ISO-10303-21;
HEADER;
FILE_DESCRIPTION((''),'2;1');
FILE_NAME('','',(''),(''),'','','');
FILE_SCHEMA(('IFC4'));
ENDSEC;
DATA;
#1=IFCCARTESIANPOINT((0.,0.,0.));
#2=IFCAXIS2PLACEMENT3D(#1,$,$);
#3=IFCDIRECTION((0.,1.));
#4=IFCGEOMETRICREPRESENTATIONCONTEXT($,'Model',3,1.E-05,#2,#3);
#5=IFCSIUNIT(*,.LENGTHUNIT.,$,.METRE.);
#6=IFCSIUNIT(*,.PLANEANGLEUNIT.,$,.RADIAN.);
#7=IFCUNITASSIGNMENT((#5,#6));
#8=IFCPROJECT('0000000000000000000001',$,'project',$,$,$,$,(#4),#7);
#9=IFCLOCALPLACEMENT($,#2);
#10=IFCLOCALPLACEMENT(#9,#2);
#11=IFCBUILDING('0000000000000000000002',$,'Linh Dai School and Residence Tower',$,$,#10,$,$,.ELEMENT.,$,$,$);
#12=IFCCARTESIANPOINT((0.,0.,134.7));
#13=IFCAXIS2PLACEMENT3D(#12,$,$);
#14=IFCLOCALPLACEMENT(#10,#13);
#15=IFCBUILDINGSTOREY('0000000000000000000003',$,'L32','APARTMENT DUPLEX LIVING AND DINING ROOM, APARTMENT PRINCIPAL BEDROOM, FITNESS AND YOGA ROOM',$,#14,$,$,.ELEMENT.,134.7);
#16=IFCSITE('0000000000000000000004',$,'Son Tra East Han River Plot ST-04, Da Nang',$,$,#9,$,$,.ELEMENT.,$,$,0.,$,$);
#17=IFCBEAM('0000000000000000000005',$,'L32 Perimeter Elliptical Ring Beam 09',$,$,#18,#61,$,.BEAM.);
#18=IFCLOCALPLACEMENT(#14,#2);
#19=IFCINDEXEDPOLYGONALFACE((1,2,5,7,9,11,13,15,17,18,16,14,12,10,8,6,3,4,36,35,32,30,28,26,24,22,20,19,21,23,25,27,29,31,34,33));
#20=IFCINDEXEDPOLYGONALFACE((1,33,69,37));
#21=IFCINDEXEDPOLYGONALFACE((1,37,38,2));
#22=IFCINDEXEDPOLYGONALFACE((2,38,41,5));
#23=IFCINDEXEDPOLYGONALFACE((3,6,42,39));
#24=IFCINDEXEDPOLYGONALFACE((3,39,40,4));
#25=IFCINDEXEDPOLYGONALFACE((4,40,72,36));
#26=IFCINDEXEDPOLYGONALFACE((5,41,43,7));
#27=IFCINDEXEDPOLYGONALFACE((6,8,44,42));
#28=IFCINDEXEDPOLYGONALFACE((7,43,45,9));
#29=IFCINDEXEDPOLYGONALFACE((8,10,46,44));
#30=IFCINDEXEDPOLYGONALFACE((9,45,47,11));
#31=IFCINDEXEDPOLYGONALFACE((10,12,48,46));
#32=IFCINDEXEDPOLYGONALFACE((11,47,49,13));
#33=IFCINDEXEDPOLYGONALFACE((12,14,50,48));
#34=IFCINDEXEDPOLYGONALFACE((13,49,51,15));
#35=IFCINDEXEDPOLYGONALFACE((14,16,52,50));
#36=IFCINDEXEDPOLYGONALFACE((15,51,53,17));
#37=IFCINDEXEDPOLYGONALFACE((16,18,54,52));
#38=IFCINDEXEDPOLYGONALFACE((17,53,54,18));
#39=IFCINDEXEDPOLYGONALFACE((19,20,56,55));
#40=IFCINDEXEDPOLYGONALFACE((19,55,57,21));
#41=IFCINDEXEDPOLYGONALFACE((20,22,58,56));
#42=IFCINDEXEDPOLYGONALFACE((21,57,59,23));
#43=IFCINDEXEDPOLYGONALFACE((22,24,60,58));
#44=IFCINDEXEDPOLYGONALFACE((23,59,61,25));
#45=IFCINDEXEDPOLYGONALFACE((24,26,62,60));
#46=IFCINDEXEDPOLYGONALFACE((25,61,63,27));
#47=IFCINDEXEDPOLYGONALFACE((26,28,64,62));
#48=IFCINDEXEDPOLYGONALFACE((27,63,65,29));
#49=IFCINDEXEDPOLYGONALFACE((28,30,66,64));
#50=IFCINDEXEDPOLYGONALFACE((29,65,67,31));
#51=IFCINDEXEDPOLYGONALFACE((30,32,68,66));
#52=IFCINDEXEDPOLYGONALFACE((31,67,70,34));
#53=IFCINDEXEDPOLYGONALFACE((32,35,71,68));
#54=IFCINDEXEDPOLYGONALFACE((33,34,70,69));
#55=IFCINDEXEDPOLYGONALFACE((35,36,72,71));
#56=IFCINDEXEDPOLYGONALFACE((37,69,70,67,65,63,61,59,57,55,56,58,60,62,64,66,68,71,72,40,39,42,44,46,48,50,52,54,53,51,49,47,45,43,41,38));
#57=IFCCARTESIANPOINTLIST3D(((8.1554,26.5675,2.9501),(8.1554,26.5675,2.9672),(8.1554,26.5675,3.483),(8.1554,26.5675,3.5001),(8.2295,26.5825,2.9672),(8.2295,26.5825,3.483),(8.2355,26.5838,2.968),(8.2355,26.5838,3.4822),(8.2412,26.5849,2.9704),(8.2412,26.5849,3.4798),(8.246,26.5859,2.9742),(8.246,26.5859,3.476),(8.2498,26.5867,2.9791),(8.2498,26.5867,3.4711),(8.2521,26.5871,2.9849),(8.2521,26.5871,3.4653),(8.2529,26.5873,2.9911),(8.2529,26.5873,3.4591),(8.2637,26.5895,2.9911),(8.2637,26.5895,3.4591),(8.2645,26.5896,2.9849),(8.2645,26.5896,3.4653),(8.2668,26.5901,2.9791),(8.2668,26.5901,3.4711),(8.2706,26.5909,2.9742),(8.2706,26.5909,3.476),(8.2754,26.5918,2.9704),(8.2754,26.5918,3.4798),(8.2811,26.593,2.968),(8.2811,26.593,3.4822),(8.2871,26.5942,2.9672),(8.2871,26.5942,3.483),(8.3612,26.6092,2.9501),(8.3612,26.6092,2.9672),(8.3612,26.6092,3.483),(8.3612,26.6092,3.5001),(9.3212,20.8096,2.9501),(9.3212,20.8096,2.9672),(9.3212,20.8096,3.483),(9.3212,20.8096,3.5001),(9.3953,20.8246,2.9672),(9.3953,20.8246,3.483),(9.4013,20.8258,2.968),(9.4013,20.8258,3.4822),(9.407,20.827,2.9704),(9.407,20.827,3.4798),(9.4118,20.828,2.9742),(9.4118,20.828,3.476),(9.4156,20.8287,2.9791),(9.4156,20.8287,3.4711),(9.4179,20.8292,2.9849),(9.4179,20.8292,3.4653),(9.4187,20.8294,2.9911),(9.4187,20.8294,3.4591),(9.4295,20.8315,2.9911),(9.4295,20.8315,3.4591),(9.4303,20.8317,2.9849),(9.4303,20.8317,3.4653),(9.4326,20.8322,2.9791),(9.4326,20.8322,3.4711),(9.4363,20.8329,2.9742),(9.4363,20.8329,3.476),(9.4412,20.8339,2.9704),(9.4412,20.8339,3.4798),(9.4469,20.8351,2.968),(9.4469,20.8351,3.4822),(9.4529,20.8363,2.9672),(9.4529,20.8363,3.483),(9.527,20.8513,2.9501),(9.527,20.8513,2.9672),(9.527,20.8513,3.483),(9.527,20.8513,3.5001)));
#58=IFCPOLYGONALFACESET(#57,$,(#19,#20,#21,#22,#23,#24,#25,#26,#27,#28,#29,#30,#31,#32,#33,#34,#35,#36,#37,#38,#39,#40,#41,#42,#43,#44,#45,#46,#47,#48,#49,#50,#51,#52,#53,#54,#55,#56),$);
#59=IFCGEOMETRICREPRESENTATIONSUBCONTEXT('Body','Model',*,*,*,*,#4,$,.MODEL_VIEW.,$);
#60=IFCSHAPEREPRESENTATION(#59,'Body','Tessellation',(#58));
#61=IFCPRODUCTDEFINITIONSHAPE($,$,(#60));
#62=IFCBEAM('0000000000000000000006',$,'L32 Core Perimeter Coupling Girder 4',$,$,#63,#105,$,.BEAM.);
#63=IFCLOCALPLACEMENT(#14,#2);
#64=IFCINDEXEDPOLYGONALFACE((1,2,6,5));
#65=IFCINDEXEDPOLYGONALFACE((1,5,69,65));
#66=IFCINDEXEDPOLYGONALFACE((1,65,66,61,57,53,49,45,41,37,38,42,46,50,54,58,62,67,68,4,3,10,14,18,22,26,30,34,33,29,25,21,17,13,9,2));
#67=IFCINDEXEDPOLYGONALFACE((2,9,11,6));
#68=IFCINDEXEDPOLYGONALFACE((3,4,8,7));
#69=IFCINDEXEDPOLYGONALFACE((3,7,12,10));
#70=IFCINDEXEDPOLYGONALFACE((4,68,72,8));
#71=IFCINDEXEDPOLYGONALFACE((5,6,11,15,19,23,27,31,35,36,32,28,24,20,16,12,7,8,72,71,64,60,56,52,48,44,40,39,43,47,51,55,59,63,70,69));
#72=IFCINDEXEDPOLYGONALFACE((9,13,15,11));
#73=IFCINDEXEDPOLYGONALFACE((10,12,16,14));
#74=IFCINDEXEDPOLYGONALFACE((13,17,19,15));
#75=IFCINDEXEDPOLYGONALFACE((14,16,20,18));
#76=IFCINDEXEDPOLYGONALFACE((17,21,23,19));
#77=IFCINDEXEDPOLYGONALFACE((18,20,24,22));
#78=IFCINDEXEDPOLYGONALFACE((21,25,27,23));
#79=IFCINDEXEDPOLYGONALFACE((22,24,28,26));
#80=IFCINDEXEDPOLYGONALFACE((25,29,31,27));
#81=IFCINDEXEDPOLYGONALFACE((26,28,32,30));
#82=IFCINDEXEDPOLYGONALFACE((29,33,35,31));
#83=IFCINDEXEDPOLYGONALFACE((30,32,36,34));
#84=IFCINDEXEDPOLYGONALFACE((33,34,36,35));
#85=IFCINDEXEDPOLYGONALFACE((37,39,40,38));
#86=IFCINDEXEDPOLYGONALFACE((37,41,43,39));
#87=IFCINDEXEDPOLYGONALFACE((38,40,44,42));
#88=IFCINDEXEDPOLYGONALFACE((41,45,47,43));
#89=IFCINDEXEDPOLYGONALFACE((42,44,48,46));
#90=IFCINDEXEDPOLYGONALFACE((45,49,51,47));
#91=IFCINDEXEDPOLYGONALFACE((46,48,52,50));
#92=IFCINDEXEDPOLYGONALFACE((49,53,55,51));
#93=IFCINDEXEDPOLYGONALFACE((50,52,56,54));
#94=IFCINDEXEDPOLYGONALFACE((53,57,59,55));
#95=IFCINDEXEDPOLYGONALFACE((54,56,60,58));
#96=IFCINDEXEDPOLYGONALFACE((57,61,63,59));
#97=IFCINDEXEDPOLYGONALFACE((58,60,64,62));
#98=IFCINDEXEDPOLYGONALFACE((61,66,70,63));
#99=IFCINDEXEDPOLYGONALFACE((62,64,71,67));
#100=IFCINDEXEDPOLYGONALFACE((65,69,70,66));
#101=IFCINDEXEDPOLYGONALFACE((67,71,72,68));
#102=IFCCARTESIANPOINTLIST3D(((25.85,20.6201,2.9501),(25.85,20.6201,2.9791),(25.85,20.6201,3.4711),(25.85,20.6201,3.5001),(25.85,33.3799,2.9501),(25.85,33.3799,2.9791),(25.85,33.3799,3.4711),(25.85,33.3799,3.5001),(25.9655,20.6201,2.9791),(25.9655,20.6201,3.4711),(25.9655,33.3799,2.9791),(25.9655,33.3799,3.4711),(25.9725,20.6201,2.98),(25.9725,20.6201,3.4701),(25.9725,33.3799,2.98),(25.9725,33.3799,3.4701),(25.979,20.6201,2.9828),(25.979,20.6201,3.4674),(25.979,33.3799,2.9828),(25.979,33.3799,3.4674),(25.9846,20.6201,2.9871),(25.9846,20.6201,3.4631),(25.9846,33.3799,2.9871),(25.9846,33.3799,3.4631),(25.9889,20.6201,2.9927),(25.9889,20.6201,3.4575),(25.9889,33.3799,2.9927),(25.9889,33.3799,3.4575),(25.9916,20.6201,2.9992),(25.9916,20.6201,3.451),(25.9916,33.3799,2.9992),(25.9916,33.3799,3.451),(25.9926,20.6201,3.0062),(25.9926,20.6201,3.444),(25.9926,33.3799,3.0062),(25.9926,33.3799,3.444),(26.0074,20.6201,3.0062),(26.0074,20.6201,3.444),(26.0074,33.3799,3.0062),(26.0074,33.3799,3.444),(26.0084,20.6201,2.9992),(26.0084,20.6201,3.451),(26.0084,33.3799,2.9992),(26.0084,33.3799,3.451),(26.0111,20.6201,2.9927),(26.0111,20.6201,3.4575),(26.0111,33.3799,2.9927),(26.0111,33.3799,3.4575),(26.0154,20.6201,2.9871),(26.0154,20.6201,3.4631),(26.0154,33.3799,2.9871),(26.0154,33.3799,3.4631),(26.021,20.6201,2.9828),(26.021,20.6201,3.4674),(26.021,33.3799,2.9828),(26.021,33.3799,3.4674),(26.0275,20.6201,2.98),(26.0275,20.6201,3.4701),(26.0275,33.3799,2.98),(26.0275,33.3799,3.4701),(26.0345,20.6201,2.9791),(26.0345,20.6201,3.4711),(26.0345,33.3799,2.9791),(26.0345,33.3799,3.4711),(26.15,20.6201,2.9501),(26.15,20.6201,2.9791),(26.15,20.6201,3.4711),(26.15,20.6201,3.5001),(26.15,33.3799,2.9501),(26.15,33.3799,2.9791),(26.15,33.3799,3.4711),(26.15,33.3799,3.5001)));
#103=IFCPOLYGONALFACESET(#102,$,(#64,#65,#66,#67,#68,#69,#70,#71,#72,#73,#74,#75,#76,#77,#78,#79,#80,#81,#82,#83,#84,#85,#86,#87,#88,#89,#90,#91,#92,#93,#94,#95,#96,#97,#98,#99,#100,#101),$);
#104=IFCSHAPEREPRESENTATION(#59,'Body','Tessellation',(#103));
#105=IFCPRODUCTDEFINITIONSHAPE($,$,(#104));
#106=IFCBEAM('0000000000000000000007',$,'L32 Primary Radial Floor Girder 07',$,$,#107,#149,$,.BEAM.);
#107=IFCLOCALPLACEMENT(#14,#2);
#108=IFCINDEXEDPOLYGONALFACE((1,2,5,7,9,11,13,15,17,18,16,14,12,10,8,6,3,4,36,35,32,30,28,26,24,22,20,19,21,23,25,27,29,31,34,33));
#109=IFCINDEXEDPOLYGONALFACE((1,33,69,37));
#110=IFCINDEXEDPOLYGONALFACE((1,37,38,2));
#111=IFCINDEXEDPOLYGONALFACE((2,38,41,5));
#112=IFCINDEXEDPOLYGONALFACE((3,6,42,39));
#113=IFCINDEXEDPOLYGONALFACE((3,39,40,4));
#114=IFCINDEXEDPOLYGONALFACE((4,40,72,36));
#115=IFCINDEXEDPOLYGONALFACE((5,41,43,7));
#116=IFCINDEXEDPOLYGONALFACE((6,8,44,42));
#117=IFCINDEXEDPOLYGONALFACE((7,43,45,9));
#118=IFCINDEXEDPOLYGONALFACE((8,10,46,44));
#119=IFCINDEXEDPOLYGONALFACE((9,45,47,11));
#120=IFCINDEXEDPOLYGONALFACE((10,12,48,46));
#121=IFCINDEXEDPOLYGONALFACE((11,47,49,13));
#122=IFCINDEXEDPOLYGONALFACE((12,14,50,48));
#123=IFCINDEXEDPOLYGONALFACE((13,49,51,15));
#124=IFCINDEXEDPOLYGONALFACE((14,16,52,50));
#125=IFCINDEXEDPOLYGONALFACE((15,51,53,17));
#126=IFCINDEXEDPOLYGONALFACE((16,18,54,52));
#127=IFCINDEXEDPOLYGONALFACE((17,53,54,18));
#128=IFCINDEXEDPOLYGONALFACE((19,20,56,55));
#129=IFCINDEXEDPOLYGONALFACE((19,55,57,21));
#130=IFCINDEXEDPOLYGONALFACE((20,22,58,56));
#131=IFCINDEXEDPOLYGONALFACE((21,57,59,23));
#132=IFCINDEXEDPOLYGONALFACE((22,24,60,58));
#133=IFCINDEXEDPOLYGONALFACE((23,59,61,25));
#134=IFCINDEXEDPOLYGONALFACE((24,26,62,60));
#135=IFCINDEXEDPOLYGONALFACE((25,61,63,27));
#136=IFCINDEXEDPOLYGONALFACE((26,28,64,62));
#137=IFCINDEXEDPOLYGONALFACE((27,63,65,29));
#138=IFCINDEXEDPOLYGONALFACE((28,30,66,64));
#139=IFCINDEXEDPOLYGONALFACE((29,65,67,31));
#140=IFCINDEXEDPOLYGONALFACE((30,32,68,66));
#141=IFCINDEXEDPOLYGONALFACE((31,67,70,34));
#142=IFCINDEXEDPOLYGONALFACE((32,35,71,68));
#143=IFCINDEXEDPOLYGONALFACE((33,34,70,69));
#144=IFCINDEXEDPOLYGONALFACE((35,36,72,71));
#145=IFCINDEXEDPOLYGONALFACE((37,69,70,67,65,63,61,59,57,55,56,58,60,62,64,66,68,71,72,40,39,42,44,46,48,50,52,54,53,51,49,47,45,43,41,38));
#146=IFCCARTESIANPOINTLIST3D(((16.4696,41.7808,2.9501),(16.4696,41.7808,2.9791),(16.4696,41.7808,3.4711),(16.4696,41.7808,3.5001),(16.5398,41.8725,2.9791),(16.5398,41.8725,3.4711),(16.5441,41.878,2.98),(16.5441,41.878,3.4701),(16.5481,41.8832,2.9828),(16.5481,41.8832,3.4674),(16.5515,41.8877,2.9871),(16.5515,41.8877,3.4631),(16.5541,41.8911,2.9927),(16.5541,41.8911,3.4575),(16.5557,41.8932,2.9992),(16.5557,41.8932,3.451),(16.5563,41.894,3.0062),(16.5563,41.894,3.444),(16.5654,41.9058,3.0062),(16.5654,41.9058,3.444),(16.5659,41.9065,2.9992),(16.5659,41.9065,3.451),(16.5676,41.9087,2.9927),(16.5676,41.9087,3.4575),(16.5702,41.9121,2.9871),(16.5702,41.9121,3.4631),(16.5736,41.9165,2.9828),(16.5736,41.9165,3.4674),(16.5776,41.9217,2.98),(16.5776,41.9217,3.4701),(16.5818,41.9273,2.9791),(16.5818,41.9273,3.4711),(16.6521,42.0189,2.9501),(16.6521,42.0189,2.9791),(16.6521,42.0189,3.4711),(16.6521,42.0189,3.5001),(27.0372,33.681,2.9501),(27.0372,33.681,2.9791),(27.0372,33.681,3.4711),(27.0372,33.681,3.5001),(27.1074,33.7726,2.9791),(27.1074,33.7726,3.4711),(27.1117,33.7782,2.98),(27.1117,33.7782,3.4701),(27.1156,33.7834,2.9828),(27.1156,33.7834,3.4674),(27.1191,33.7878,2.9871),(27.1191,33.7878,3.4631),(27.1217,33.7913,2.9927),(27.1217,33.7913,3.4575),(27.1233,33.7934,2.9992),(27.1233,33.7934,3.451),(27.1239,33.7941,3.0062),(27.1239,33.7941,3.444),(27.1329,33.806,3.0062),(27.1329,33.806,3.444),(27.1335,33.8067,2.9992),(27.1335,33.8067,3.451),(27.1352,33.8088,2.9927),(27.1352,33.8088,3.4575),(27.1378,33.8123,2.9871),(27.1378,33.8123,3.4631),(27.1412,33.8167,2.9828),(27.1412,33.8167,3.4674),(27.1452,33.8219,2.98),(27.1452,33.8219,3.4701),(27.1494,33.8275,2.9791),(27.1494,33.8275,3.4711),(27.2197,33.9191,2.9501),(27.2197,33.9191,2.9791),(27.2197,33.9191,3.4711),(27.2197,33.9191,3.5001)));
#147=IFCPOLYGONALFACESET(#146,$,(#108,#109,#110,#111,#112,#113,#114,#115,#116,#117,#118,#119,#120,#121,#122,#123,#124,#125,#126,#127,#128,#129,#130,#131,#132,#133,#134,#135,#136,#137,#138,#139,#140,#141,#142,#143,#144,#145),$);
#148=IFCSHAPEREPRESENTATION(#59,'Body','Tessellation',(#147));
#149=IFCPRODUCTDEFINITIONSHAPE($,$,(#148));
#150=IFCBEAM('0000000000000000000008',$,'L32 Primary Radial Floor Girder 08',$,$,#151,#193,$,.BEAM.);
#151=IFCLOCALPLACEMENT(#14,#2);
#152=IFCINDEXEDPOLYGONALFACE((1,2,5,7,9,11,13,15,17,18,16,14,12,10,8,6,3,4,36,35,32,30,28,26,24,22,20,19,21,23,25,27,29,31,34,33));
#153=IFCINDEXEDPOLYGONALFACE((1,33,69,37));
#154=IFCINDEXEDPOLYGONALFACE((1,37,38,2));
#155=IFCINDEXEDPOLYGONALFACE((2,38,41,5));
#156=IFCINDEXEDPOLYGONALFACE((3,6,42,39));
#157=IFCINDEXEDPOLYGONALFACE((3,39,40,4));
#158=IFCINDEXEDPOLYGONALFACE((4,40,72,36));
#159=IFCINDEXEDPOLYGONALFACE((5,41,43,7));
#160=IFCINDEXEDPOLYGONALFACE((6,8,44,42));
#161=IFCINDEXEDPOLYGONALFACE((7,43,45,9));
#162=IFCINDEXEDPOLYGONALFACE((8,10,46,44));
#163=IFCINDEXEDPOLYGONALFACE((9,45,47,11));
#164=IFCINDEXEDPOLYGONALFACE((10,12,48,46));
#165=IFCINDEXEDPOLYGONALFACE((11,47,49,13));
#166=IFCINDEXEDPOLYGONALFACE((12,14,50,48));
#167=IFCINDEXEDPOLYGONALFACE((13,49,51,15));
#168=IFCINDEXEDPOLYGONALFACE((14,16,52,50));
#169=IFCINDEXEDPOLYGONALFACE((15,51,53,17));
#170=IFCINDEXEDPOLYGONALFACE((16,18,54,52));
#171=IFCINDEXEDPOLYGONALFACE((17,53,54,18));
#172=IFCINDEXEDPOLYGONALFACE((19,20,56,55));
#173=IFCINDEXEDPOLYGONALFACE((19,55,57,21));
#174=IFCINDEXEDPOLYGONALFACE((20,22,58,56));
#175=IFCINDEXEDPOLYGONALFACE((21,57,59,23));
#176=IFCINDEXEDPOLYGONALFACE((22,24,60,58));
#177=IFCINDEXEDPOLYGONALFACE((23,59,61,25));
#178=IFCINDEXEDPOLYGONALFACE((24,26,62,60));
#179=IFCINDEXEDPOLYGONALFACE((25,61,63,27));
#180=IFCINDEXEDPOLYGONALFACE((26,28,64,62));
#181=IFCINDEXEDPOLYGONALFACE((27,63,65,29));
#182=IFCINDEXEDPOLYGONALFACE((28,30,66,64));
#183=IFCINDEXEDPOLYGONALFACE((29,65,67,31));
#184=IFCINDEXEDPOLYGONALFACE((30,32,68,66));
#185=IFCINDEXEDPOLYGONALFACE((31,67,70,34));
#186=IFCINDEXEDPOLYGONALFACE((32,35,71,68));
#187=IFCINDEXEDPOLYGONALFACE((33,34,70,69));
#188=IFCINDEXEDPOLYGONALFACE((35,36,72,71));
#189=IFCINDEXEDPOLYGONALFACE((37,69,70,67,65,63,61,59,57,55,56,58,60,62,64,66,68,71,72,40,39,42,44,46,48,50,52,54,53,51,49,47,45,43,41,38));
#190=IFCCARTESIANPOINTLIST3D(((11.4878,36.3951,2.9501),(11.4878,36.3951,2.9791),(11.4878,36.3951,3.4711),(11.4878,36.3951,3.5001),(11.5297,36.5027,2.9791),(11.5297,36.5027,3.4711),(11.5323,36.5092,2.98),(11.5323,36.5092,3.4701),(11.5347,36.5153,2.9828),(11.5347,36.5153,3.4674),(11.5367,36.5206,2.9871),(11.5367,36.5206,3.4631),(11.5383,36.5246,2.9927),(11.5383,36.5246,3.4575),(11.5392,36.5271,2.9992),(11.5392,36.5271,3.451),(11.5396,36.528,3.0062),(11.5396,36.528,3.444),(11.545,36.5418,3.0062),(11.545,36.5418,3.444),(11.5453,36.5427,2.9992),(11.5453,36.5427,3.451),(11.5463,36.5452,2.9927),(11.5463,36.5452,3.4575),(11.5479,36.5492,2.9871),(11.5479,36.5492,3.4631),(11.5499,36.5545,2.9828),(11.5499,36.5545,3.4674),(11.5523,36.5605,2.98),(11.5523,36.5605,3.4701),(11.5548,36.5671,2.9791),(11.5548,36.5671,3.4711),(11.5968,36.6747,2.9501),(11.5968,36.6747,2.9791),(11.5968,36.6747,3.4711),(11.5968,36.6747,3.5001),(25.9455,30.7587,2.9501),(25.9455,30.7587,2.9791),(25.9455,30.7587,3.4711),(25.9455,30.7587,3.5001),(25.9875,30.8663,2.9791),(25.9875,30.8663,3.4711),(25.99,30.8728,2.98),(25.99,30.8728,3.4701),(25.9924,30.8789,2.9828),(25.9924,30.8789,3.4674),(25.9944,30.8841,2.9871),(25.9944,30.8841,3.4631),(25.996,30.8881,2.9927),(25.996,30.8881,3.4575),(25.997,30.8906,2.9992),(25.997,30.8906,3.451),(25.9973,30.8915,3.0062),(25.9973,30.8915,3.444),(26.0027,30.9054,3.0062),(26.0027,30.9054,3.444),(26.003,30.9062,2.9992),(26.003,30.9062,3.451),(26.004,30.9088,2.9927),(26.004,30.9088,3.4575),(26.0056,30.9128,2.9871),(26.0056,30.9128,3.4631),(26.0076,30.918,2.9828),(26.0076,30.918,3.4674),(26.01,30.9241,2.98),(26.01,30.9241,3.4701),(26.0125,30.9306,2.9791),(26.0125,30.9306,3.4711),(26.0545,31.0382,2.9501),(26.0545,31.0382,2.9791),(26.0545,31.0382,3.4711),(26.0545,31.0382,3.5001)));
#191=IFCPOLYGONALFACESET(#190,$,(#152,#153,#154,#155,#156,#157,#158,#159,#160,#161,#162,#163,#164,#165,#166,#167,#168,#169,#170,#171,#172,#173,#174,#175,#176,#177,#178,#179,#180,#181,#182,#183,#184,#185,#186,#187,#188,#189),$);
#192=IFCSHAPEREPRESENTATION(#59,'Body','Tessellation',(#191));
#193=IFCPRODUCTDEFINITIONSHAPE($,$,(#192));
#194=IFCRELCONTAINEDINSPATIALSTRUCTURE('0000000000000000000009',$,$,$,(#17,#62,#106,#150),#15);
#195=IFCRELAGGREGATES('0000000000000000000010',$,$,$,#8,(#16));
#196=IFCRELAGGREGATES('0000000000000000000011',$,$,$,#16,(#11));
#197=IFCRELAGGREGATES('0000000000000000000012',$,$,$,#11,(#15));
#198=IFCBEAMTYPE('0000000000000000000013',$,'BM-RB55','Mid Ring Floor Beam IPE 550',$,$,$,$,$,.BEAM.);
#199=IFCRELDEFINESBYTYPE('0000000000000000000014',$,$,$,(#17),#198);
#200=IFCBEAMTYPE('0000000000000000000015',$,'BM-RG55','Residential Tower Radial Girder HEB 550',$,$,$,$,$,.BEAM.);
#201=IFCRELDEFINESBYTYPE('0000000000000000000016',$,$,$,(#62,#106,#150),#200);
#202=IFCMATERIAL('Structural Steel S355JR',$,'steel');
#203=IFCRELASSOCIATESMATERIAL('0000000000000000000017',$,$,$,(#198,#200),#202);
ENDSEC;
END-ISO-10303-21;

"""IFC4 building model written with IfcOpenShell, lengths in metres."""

from ifc_helpers import new_model, si_unit, direction, frame, origin, origin_2d, place, context, subcontext, project, spatial, i_section, extrude, material, material_profile, profile_set, type_object, element, save


model = new_model("IFC4")

# Units and contexts
model_context = context("Model", 3, precision=1e-05, world=origin(), true_north=direction((0.0, 1.0)))
body_context = subcontext(model_context, "Body", "Model", "MODEL_VIEW")
ifc_project = project(units=[si_unit("LENGTHUNIT", "METRE"), si_unit("PLANEANGLEUNIT", "RADIAN")], contexts=[model_context])

# Site, building, storey
site_placement = place(None, origin())
site = spatial("IfcSite", under=ifc_project, at=site_placement, Name="Son Tra East Han River Plot ST-04, Da Nang", CompositionType="ELEMENT", RefElevation=0.0)
building_placement = place(site_placement, origin())
building = spatial("IfcBuilding", under=site, at=building_placement, Name="Linh Dai School and Residence Tower", CompositionType="ELEMENT")
storey_placement = place(building_placement, frame((0.0, 0.0, 134.7)))
storey = spatial("IfcBuildingStorey", under=building, at=storey_placement, Name="L32", Description="APARTMENT DUPLEX LIVING AND DINING ROOM, APARTMENT PRINCIPAL BEDROOM, FITNESS AND YOGA ROOM", CompositionType="ELEMENT", Elevation=134.7)

# Shared definitions
ifc_material_1 = material(Name="Structural Steel S355JR", Category="steel")

# Beams
ifc_material_profile_1 = material_profile(ifc_material_1, i_section(OverallWidth=0.21, OverallDepth=0.55, WebThickness=0.011, FlangeThickness=0.0171, FilletRadius=0.0239, at=origin_2d()), Name="IPE 550")
ifc_profile_set_1 = profile_set([ifc_material_profile_1], Name="Structural Steel S355JR")
beam_type_1 = type_object("IfcBeamType", Name="BM-RB55", Description="Mid Ring Floor Beam IPE 550", PredefinedType="BEAM", material=ifc_profile_set_1)
beam_1_placement = place(storey_placement, frame((8.2583, 26.5884, 3.2251), z_axis=(0.198441, -0.980113, 0.0), x_axis=(0.980113, 0.198441, 0.0)))
element("IfcBeam", 1, at=beam_1_placement, inside=storey, type_object=beam_type_1, Name="L32 Perimeter Elliptical Ring Beam 09", PredefinedType="BEAM", context=body_context, shape_type="SweptSolid", body=[
    extrude(i_section(OverallWidth=0.21, OverallDepth=0.55, WebThickness=0.011, FlangeThickness=0.0171, FilletRadius=0.0239, at=origin_2d()), origin(), (0.0, 0.0, 1.0), 5.8748),
])
ifc_material_profile_2 = material_profile(ifc_material_1, i_section(OverallWidth=0.3, OverallDepth=0.55, WebThickness=0.0149, FlangeThickness=0.0291, FilletRadius=0.0271, at=origin_2d()), Name="HEB 550")
ifc_profile_set_2 = profile_set([ifc_material_profile_2], Name="Structural Steel S355JR")
beam_type_2 = type_object("IfcBeamType", Name="BM-RG55", Description="Residential Tower Radial Girder HEB 550", PredefinedType="BEAM", material=ifc_profile_set_2)
beam_2_placement = place(storey_placement, frame((26.0, 33.3799, 3.2251), z_axis=(0.0, -1.0, 0.0), x_axis=(1.0, 0.0, 0.0)))
element("IfcBeam", 2, at=beam_2_placement, inside=storey, type_object=beam_type_2, Name="L32 Core Perimeter Coupling Girder 4", PredefinedType="BEAM", context=body_context, shape_type="SweptSolid", body=[
    extrude(i_section(OverallWidth=0.3, OverallDepth=0.55, WebThickness=0.0149, FlangeThickness=0.0291, FilletRadius=0.0271, at=origin_2d()), origin(), (0.0, 0.0, 1.0), 12.7598),
])
beam_3_placement = place(storey_placement, frame((27.1284, 33.8, 3.2251), z_axis=(-0.793679, 0.608337, 0.0), x_axis=(-0.608337, -0.793679, 0.0)))
element("IfcBeam", 3, at=beam_3_placement, inside=storey, type_object=beam_type_2, Name="L32 Primary Radial Floor Girder 07", PredefinedType="BEAM", context=body_context, shape_type="SweptSolid", body=[
    extrude(i_section(OverallWidth=0.3, OverallDepth=0.55, WebThickness=0.0149, FlangeThickness=0.0291, FilletRadius=0.0271, at=origin_2d()), origin(), (0.0, 0.0, 1.0), 13.3147),
])
beam_4_placement = place(storey_placement, frame((26.0, 30.8984, 3.2251), z_axis=(-0.931699, 0.36323, 0.0), x_axis=(-0.36323, -0.931699, 0.0)))
element("IfcBeam", 4, at=beam_4_placement, inside=storey, type_object=beam_type_2, Name="L32 Primary Radial Floor Girder 08", PredefinedType="BEAM", context=body_context, shape_type="SweptSolid", body=[
    extrude(i_section(OverallWidth=0.3, OverallDepth=0.55, WebThickness=0.0149, FlangeThickness=0.0291, FilletRadius=0.0271, at=origin_2d()), origin(), (0.0, 0.0, 1.0), 15.5176),
])

save(model, "model.ifc")
